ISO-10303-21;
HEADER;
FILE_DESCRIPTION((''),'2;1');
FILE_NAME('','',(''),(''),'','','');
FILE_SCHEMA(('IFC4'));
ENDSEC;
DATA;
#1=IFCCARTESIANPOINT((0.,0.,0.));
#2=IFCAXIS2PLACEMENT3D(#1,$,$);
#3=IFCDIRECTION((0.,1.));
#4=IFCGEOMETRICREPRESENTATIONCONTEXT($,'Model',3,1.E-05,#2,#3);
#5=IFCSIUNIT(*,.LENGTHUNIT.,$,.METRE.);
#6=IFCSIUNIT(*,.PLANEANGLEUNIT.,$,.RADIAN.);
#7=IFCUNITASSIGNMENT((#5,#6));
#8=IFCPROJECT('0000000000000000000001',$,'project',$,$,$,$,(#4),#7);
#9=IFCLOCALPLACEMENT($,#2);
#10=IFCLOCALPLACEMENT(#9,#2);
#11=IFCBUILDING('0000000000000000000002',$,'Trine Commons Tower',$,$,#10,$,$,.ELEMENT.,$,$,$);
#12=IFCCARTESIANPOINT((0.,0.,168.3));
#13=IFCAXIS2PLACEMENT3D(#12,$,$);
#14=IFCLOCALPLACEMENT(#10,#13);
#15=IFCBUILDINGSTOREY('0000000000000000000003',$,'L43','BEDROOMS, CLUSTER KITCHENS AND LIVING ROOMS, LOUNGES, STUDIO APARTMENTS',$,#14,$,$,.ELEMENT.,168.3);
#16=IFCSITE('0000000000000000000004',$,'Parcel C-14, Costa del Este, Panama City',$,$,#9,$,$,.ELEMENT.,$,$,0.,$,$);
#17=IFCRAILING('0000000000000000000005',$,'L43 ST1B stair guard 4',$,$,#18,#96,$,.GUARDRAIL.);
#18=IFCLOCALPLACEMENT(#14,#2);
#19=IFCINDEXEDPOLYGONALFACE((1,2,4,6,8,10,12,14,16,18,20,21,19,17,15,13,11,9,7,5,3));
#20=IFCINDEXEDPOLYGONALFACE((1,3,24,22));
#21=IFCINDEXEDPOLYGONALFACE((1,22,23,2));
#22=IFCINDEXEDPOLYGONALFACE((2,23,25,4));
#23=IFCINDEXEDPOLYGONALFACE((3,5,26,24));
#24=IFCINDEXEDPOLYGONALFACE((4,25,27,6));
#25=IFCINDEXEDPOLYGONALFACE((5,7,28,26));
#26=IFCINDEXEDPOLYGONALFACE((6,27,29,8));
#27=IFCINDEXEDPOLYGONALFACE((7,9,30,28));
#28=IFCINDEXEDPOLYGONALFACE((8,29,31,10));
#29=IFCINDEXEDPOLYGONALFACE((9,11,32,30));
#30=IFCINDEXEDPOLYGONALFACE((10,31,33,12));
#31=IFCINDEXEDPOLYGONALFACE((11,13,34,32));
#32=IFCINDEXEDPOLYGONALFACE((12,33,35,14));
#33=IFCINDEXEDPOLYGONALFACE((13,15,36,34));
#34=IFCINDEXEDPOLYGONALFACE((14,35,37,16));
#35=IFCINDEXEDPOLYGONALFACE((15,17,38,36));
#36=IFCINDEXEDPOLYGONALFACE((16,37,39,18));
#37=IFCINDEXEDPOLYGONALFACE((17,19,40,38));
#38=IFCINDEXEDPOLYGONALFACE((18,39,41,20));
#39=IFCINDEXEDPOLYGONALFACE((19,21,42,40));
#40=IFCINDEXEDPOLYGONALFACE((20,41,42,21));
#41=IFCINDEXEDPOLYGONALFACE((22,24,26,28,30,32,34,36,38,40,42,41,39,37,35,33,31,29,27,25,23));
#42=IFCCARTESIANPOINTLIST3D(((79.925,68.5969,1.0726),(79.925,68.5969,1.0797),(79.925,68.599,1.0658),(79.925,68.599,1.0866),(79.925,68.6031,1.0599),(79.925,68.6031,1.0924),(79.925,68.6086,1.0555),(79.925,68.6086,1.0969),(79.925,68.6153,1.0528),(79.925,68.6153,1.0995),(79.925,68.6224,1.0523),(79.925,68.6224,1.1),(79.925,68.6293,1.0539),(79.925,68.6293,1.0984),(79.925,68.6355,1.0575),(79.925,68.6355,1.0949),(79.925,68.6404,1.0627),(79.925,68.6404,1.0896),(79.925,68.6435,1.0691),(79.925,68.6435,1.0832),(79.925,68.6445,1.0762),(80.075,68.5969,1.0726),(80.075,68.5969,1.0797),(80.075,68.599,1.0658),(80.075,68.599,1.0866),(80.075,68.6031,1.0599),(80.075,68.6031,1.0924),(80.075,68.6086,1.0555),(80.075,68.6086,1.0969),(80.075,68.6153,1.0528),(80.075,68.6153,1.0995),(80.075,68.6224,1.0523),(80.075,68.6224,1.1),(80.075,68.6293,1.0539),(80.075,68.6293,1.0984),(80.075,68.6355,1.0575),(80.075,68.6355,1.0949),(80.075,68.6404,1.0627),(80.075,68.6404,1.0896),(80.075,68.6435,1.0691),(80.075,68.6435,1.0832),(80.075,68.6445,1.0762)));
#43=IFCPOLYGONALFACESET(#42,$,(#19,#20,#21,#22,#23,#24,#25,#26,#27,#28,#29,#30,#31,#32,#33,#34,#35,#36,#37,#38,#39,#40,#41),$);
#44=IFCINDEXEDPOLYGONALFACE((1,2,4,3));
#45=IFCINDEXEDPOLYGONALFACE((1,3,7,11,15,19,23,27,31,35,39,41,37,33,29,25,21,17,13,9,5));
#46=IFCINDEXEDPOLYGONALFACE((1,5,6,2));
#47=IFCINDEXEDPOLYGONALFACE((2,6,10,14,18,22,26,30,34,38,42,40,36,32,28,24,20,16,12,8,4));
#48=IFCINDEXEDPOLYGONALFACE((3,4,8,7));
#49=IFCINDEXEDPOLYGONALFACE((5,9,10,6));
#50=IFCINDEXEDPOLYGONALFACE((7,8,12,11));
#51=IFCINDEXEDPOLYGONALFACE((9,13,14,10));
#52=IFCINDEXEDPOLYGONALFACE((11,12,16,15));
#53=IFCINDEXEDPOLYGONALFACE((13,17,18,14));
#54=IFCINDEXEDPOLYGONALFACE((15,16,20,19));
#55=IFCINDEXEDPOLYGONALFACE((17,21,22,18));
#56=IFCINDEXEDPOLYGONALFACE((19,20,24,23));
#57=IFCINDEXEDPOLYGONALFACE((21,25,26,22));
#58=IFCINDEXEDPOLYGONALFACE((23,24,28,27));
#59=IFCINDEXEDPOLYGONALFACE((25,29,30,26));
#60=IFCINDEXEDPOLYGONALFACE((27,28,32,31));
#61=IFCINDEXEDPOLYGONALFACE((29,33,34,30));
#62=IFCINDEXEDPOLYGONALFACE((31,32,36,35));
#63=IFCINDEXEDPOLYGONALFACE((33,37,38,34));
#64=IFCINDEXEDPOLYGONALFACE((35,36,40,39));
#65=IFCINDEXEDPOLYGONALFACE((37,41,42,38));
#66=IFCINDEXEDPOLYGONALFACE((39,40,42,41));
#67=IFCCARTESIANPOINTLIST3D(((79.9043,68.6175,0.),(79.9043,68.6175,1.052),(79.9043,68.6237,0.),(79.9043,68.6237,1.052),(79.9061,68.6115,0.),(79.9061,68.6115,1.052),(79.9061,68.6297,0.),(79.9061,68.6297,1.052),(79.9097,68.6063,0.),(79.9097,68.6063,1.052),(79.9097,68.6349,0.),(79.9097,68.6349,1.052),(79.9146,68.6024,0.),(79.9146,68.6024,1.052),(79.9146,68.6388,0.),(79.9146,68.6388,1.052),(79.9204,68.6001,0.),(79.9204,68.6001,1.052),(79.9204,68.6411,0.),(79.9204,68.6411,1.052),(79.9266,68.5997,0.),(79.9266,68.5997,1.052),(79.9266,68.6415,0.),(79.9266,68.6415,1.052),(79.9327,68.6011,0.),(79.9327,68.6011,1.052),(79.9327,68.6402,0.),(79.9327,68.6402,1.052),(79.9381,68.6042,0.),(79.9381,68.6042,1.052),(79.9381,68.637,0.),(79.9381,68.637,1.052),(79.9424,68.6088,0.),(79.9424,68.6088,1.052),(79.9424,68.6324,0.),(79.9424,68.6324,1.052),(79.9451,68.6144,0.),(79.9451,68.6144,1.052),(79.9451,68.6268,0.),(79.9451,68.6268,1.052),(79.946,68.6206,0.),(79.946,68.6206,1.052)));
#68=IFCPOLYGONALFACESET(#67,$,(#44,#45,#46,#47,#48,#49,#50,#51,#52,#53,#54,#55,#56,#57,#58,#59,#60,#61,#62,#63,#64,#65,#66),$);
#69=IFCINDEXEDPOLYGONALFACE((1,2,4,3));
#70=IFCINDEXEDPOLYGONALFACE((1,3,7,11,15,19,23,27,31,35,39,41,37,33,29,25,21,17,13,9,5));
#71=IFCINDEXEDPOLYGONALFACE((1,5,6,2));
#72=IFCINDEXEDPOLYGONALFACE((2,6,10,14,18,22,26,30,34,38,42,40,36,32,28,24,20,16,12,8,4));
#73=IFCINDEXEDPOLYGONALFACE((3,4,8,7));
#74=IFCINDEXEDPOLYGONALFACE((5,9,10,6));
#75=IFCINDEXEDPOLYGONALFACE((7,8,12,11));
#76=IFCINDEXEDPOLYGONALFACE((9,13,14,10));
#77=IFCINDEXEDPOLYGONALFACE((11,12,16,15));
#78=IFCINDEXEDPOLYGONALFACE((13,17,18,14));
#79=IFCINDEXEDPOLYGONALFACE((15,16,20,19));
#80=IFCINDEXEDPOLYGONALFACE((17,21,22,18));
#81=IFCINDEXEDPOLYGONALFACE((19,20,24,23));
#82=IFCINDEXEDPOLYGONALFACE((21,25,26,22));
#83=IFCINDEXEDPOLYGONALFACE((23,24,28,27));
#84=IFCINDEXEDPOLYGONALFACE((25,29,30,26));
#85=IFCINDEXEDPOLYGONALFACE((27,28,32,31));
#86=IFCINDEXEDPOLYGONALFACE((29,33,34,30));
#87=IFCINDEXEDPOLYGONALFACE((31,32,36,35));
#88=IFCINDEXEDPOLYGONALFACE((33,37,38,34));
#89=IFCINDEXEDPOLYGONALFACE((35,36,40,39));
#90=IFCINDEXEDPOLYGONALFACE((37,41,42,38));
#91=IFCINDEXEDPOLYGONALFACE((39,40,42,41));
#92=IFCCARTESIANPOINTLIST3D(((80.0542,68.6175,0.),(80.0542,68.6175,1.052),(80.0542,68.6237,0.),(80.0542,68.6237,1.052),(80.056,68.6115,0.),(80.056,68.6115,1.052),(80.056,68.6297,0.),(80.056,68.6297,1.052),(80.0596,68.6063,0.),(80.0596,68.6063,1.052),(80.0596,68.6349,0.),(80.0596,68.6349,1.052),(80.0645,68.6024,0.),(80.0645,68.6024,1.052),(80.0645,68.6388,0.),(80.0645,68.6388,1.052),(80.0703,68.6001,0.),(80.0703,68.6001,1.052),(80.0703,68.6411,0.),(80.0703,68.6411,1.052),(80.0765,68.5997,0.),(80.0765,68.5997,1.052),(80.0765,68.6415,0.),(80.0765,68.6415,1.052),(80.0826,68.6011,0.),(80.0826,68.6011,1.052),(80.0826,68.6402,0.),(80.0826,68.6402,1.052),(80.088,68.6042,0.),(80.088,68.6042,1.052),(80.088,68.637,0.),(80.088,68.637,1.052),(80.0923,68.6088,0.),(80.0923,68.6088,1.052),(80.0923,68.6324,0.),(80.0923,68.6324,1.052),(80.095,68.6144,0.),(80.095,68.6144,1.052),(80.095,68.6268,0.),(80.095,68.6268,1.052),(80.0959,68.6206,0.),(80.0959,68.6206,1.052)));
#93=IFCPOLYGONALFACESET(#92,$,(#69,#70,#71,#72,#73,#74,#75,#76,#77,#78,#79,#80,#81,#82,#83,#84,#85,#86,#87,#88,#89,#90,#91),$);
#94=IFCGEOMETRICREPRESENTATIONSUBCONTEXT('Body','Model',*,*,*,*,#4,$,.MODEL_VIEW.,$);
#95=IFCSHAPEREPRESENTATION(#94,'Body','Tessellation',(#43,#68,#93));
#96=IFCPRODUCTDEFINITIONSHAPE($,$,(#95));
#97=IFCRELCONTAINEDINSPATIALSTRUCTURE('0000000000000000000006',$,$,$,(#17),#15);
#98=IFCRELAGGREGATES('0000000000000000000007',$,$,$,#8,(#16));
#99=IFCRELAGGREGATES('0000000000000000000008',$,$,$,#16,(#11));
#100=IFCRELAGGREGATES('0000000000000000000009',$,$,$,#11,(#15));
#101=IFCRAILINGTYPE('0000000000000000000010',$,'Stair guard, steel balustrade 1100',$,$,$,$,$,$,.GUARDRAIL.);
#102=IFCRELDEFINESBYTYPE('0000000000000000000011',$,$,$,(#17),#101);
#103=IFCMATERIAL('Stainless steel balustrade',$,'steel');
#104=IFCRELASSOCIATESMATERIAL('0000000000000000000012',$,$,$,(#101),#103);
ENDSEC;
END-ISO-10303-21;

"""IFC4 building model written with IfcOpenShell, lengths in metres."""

from ifc_helpers import new_model, si_unit, direction, frame, origin, origin_2d, place, context, subcontext, project, spatial, circle, extrude, material, type_object, element, save


model = new_model("IFC4")

# Units and contexts
model_context = context("Model", 3, precision=1e-05, world=origin(), true_north=direction((0.0, 1.0)))
body_context = subcontext(model_context, "Body", "Model", "MODEL_VIEW")
ifc_project = project(units=[si_unit("LENGTHUNIT", "METRE"), si_unit("PLANEANGLEUNIT", "RADIAN")], contexts=[model_context])

# Site, building, storey
site_placement = place(None, origin())
site = spatial("IfcSite", under=ifc_project, at=site_placement, Name="Parcel C-14, Costa del Este, Panama City", CompositionType="ELEMENT", RefElevation=0.0)
building_placement = place(site_placement, origin())
building = spatial("IfcBuilding", under=site, at=building_placement, Name="Trine Commons Tower", CompositionType="ELEMENT")
storey_placement = place(building_placement, frame((0.0, 0.0, 168.3)))
storey = spatial("IfcBuildingStorey", under=building, at=storey_placement, Name="L43", Description="BEDROOMS, CLUSTER KITCHENS AND LIVING ROOMS, LOUNGES, STUDIO APARTMENTS", CompositionType="ELEMENT", Elevation=168.3)

# Railing
ifc_material_1 = material(Name="Stainless steel balustrade", Category="steel")
railing_type_1 = type_object("IfcRailingType", Name="Stair guard, steel balustrade 1100", PredefinedType="GUARDRAIL", material=ifc_material_1)
railing_1_placement = place(storey_placement, frame((79.925, 68.6206, 0.0)))
element("IfcRailing", 1, at=railing_1_placement, inside=storey, type_object=railing_type_1, Name="L43 ST1B stair guard 4", PredefinedType="GUARDRAIL", context=body_context, shape_type="SweptSolid", body=[
    extrude(circle(Radius=0.0239, at=origin_2d()), frame((0.0, 0.0, 1.0762), z_axis=(1.0, 0.0, 0.0), x_axis=(0.0, 1.0, 0.0)), (0.0, 0.0, 1.0), 0.1499),
    extrude(circle(Radius=0.021, at=origin_2d()), origin(), (0.0, 0.0, 1.0), 1.052),
    extrude(circle(Radius=0.021, at=origin_2d()), frame((0.1499, 0.0, 0.0)), (0.0, 0.0, 1.0), 1.052),
])

save(model, "model.ifc")
